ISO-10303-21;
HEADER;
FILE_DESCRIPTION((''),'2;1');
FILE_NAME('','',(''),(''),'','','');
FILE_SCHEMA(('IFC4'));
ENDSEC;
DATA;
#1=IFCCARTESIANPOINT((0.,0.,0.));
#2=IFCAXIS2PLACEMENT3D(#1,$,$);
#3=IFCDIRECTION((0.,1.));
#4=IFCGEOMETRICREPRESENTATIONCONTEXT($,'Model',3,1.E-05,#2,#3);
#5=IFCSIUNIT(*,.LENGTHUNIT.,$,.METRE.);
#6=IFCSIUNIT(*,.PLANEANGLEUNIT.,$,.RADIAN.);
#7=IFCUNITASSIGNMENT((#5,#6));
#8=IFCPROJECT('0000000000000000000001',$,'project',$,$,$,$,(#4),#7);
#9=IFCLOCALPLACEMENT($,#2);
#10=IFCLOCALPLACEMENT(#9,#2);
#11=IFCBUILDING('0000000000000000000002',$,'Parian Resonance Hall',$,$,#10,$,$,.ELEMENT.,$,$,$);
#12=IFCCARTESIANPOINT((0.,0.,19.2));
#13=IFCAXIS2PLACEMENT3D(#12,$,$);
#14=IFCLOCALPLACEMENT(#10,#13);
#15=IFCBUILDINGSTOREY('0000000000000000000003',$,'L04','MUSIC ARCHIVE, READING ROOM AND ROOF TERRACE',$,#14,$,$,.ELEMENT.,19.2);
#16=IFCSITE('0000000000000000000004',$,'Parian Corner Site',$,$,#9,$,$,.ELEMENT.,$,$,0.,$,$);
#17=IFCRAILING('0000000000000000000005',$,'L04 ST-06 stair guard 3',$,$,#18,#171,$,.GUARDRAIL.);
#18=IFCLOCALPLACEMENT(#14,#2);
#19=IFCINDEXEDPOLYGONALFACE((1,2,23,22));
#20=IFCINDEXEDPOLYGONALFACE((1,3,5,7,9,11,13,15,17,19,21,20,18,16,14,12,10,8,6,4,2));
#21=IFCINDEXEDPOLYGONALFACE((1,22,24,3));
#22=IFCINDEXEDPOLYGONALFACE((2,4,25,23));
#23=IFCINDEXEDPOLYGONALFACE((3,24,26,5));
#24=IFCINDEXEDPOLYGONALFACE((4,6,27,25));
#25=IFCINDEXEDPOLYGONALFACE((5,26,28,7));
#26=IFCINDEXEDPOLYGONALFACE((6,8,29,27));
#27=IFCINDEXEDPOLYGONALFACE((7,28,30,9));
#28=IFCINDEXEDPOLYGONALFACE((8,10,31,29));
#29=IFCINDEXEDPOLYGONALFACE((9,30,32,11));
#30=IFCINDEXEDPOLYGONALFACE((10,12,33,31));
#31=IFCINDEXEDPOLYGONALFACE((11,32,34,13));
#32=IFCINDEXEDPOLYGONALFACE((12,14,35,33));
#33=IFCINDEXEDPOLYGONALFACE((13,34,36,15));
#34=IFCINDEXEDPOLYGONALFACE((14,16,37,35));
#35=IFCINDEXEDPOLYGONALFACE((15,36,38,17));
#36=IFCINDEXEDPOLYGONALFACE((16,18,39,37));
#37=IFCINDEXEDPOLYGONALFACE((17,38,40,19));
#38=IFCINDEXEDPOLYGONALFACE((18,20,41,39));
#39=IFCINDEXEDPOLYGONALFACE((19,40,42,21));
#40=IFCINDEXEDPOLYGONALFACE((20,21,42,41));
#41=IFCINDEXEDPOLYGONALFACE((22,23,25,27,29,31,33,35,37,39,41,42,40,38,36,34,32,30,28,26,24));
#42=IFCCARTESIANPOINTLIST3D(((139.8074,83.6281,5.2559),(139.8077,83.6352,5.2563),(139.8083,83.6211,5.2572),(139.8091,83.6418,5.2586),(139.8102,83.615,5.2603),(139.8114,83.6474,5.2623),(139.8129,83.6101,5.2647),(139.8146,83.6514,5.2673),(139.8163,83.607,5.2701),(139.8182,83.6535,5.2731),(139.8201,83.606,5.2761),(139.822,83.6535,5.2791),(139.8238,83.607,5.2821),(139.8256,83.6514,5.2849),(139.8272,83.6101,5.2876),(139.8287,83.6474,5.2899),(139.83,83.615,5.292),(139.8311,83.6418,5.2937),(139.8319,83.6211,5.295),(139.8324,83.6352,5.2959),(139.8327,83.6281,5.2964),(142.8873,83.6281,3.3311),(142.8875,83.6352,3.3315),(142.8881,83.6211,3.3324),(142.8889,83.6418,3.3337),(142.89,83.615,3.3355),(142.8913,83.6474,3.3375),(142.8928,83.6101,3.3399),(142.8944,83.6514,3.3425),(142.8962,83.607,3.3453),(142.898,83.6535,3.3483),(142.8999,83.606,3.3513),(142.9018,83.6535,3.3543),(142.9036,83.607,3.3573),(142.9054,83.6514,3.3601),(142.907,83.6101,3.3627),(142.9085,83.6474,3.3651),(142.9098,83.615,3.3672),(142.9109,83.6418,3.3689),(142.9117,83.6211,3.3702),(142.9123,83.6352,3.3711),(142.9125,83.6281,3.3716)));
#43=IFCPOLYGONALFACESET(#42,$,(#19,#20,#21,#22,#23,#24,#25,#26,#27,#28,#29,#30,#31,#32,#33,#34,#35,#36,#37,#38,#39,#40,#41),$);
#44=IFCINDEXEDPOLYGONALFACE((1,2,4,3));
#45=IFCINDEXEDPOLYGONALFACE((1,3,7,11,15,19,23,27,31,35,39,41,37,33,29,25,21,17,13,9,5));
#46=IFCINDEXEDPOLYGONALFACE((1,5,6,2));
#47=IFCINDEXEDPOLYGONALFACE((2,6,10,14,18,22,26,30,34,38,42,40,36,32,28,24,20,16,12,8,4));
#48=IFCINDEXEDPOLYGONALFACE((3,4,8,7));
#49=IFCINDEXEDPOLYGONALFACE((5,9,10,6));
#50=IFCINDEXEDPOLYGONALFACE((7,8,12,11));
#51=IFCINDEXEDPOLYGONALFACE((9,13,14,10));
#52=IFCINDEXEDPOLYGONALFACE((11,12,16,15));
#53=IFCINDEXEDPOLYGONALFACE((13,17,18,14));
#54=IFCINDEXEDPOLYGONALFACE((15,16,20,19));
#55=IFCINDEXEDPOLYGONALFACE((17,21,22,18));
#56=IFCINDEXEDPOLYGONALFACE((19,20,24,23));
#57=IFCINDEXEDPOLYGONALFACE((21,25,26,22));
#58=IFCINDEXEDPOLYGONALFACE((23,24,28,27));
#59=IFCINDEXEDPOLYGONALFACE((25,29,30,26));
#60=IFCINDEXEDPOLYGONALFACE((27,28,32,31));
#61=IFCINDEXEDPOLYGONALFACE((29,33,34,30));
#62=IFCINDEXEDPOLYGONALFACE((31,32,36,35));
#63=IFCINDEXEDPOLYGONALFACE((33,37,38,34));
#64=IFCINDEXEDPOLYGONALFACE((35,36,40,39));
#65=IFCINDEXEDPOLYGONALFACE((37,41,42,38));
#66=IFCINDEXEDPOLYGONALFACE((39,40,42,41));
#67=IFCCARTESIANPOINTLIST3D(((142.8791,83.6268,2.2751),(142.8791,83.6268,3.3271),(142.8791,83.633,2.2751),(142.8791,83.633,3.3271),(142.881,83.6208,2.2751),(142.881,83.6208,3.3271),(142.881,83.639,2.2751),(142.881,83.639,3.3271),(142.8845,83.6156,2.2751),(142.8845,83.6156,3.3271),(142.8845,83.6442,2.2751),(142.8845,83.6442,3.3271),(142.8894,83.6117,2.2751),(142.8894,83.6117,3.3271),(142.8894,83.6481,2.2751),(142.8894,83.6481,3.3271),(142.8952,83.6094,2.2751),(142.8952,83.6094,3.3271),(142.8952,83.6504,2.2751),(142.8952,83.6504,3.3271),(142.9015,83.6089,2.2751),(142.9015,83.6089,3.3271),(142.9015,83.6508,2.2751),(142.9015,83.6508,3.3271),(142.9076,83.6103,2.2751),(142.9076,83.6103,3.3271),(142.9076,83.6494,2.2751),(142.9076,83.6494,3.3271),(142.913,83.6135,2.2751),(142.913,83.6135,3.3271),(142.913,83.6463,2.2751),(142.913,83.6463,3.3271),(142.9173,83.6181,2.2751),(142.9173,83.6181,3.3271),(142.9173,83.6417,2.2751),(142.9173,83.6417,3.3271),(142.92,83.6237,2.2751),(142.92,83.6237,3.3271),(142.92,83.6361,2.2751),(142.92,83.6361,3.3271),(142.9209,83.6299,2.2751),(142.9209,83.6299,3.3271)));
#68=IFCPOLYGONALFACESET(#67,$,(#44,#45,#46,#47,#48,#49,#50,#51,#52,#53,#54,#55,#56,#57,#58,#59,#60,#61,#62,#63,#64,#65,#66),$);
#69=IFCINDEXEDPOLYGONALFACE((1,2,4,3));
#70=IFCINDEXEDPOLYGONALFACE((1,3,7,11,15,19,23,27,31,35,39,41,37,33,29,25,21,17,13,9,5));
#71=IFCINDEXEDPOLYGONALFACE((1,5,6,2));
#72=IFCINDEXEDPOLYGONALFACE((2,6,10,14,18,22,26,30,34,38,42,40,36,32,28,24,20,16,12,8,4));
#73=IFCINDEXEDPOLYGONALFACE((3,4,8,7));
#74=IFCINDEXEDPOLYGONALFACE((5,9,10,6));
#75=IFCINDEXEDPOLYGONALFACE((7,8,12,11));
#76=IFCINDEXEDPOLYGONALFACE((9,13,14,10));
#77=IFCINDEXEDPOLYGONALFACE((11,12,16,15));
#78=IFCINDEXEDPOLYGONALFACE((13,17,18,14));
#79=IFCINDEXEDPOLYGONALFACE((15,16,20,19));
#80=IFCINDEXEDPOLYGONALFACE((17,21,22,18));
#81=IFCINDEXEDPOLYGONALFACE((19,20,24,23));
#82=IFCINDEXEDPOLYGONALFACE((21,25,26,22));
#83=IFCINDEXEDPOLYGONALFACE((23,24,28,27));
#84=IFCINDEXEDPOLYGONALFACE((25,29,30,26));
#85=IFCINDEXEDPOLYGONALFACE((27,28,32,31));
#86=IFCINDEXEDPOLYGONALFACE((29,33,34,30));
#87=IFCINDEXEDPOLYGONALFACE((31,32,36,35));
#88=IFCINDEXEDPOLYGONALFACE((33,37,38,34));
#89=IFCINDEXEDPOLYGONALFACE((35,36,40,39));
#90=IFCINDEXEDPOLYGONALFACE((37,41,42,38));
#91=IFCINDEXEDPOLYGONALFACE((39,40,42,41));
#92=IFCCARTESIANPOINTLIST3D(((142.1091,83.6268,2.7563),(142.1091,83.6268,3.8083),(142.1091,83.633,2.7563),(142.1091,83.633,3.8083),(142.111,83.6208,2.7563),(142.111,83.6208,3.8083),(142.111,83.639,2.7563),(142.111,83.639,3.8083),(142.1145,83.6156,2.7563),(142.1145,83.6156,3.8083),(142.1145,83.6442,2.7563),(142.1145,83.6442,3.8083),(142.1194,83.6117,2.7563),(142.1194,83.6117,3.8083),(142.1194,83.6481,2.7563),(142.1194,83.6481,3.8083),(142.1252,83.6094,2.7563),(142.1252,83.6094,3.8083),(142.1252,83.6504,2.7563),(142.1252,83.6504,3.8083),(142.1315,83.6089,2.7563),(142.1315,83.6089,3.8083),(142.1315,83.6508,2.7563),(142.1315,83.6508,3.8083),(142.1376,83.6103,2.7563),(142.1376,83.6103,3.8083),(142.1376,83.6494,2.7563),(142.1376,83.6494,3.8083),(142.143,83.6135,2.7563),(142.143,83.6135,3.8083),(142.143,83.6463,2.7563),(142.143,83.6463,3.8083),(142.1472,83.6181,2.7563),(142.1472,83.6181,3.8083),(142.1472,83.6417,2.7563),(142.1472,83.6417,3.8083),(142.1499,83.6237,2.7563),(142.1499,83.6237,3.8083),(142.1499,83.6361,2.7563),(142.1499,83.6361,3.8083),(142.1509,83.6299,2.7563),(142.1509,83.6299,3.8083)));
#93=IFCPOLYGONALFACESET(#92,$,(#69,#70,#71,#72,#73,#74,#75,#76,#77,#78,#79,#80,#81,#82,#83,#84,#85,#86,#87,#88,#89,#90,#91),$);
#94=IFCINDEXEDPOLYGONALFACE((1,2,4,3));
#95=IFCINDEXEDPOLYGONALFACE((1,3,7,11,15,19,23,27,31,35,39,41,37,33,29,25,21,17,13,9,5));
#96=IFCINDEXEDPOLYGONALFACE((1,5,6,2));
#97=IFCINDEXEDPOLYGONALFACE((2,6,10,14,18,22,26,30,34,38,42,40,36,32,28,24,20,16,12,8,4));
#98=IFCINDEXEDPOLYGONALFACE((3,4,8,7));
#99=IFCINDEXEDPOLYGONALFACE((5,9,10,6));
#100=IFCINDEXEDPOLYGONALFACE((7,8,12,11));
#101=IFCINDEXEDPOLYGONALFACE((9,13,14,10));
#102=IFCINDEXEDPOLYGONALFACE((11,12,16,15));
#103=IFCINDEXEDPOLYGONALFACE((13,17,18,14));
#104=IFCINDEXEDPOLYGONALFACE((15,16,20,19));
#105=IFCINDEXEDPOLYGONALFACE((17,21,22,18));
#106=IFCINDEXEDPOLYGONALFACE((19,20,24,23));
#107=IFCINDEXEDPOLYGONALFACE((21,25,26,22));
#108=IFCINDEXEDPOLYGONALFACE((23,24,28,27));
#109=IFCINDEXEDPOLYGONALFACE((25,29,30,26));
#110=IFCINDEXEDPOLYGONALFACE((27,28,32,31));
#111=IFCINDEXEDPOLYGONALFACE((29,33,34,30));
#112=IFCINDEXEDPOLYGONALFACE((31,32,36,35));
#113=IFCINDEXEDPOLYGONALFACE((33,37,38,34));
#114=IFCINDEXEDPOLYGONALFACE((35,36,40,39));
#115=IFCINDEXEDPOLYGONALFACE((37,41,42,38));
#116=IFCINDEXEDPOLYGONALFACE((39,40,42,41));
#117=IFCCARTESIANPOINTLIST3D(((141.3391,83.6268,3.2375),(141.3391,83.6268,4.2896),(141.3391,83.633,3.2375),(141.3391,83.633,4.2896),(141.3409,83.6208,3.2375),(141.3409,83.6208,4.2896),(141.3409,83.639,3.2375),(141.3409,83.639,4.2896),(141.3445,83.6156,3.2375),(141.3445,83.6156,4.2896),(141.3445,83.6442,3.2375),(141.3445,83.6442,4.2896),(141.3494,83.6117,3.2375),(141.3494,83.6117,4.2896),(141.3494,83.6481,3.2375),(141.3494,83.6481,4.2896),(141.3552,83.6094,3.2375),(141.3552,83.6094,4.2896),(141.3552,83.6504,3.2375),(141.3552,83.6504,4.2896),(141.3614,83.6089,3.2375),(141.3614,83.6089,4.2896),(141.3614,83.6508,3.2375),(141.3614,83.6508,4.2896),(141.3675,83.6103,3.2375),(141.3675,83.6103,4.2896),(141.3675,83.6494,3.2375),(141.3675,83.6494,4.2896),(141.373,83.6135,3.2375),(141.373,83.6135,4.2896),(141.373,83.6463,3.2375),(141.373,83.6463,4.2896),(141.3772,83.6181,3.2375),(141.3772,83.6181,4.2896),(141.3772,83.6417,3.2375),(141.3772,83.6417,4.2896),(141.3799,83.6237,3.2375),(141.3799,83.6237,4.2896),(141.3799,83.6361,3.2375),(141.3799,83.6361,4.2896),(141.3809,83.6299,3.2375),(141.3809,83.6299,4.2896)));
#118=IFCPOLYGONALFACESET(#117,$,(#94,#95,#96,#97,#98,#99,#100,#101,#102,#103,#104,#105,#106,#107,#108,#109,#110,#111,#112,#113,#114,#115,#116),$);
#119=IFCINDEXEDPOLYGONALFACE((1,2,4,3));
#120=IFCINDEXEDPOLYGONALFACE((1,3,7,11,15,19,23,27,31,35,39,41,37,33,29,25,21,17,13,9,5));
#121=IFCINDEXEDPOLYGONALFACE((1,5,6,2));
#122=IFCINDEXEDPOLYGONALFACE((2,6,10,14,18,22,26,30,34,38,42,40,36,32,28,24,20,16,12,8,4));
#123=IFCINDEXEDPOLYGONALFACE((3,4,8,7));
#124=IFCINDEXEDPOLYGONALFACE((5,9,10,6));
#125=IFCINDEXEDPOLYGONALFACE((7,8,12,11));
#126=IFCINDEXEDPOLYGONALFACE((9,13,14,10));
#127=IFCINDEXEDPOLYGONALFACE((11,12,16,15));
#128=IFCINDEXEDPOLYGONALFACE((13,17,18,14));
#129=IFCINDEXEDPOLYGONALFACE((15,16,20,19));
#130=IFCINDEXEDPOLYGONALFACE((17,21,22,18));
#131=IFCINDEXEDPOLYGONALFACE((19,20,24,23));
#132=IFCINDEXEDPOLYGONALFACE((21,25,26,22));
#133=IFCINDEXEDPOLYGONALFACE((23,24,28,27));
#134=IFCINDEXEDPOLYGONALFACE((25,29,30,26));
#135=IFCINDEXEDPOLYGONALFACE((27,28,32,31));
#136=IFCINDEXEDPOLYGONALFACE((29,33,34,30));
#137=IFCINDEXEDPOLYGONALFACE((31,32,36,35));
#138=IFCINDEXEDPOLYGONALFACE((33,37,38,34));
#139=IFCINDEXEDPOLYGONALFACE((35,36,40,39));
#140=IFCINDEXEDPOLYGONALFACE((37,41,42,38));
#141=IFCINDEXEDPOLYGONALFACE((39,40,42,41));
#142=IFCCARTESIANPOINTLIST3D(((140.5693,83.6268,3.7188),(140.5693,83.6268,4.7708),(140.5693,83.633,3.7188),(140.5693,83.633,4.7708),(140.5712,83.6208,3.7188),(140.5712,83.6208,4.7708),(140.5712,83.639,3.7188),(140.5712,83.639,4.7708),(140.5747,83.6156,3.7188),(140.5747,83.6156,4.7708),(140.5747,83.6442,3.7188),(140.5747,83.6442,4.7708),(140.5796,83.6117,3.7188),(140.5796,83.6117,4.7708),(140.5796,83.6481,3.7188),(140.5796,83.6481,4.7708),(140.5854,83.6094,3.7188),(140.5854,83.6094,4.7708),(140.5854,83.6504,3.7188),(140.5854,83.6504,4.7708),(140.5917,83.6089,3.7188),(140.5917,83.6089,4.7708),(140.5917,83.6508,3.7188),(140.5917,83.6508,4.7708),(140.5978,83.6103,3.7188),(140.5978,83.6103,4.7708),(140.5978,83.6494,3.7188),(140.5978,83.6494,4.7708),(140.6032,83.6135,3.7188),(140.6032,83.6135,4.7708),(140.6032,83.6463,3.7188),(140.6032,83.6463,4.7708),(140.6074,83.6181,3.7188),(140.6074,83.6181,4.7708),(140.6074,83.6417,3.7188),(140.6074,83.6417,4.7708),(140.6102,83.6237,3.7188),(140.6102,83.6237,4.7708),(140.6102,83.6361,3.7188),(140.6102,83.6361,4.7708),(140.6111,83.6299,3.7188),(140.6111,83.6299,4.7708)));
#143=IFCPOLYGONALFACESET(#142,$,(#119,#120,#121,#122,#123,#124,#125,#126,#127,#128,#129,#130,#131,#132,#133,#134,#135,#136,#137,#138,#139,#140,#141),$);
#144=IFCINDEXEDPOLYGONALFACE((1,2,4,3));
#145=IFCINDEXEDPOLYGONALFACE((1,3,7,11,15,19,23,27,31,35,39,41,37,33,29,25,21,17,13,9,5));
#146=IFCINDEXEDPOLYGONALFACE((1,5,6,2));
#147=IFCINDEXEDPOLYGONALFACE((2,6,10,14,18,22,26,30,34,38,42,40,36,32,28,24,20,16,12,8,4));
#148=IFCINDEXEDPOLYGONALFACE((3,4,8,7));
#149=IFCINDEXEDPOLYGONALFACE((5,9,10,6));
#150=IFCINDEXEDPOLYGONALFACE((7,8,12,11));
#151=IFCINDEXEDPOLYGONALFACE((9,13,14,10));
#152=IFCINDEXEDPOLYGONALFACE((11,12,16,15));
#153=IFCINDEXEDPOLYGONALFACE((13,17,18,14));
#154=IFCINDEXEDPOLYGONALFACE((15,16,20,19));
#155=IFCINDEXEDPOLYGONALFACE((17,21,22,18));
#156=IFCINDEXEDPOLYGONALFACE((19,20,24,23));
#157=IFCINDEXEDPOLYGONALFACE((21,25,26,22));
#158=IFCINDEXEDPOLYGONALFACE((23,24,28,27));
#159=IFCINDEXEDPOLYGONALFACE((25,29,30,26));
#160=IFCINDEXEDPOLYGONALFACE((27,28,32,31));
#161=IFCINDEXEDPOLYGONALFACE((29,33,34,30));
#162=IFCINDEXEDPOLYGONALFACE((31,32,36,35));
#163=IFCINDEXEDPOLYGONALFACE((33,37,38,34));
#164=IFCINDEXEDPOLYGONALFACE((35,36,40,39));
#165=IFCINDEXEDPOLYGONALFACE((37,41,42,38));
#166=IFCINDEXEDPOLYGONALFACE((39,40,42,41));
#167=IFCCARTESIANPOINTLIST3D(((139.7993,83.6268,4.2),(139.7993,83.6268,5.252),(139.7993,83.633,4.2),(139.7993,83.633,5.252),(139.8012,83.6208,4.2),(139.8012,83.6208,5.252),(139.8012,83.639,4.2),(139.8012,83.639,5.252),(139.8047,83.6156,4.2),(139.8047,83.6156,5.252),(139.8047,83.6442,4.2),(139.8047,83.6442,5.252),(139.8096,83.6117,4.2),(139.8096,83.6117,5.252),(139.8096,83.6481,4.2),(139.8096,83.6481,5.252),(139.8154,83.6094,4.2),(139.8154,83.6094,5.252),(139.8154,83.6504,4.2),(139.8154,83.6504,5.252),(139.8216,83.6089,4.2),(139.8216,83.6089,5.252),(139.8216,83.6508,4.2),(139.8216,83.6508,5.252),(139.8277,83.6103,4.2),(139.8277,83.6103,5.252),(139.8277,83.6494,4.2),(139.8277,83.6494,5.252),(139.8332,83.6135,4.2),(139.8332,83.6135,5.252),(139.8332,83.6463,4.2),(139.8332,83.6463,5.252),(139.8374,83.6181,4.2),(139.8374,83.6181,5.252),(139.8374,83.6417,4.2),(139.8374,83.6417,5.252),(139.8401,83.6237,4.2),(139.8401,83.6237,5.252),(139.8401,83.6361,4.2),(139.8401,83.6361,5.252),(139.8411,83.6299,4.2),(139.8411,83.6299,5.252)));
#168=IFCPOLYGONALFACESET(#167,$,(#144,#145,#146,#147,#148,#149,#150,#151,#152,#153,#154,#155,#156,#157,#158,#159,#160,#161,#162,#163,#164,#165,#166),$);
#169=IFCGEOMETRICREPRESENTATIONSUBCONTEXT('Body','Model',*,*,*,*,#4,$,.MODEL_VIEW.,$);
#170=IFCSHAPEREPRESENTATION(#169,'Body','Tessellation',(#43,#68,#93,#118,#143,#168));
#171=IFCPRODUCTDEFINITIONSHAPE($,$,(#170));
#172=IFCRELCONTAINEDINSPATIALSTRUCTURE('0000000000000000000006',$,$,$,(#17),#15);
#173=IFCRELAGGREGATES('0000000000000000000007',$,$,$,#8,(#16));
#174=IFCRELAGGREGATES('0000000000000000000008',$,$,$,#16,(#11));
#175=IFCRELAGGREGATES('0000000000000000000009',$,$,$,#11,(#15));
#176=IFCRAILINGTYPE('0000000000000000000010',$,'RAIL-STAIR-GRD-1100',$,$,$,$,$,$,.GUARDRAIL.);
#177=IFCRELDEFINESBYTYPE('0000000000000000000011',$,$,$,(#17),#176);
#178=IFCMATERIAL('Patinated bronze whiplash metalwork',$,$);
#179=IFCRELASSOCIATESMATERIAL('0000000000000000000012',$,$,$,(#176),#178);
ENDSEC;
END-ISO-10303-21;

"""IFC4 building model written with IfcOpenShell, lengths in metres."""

from ifc_helpers import new_model, si_unit, direction, frame, origin, origin_2d, place, context, subcontext, project, spatial, circle, extrude, material, type_object, element, save


model = new_model("IFC4")

# Units and contexts
model_context = context("Model", 3, precision=1e-05, world=origin(), true_north=direction((0.0, 1.0)))
body_context = subcontext(model_context, "Body", "Model", "MODEL_VIEW")
ifc_project = project(units=[si_unit("LENGTHUNIT", "METRE"), si_unit("PLANEANGLEUNIT", "RADIAN")], contexts=[model_context])

# Site, building, storey
site_placement = place(None, origin())
site = spatial("IfcSite", under=ifc_project, at=site_placement, Name="Parian Corner Site", CompositionType="ELEMENT", RefElevation=0.0)
building_placement = place(site_placement, origin())
building = spatial("IfcBuilding", under=site, at=building_placement, Name="Parian Resonance Hall", CompositionType="ELEMENT")
storey_placement = place(building_placement, frame((0.0, 0.0, 19.2)))
storey = spatial("IfcBuildingStorey", under=building, at=storey_placement, Name="L04", Description="MUSIC ARCHIVE, READING ROOM AND ROOF TERRACE", CompositionType="ELEMENT", Elevation=19.2)

# Railing
ifc_material_1 = material(Name="Patinated bronze whiplash metalwork")
railing_type_1 = type_object("IfcRailingType", Name="RAIL-STAIR-GRD-1100", PredefinedType="GUARDRAIL", material=ifc_material_1)
railing_1_placement = place(storey_placement, frame((142.8999, 83.6299, 2.2751)))
element("IfcRailing", 1, at=railing_1_placement, inside=storey, type_object=railing_type_1, Name="L04 ST-06 stair guard 3", PredefinedType="GUARDRAIL", context=body_context, shape_type="SweptSolid", body=[
    extrude(circle(Radius=0.0239, at=origin_2d()), frame((0.0, 0.0, 1.0762), z_axis=(-0.84801, 0.0, 0.529981), x_axis=(0.0, -1.0, 0.0)), (0.0, 0.0, 1.0), 3.6318),
    extrude(circle(Radius=0.021, at=origin_2d()), origin(), (0.0, 0.0, 1.0), 1.052),
    extrude(circle(Radius=0.021, at=origin_2d()), frame((-0.77, 0.0, 0.4812)), (0.0, 0.0, 1.0), 1.052),
    extrude(circle(Radius=0.021, at=origin_2d()), frame((-1.54, 0.0, 0.9624)), (0.0, 0.0, 1.0), 1.052),
    extrude(circle(Radius=0.021, at=origin_2d()), frame((-2.3098, 0.0, 1.4436)), (0.0, 0.0, 1.0), 1.052),
    extrude(circle(Radius=0.021, at=origin_2d()), frame((-3.0798, 0.0, 1.9248)), (0.0, 0.0, 1.0), 1.052),
])

save(model, "model.ifc")
